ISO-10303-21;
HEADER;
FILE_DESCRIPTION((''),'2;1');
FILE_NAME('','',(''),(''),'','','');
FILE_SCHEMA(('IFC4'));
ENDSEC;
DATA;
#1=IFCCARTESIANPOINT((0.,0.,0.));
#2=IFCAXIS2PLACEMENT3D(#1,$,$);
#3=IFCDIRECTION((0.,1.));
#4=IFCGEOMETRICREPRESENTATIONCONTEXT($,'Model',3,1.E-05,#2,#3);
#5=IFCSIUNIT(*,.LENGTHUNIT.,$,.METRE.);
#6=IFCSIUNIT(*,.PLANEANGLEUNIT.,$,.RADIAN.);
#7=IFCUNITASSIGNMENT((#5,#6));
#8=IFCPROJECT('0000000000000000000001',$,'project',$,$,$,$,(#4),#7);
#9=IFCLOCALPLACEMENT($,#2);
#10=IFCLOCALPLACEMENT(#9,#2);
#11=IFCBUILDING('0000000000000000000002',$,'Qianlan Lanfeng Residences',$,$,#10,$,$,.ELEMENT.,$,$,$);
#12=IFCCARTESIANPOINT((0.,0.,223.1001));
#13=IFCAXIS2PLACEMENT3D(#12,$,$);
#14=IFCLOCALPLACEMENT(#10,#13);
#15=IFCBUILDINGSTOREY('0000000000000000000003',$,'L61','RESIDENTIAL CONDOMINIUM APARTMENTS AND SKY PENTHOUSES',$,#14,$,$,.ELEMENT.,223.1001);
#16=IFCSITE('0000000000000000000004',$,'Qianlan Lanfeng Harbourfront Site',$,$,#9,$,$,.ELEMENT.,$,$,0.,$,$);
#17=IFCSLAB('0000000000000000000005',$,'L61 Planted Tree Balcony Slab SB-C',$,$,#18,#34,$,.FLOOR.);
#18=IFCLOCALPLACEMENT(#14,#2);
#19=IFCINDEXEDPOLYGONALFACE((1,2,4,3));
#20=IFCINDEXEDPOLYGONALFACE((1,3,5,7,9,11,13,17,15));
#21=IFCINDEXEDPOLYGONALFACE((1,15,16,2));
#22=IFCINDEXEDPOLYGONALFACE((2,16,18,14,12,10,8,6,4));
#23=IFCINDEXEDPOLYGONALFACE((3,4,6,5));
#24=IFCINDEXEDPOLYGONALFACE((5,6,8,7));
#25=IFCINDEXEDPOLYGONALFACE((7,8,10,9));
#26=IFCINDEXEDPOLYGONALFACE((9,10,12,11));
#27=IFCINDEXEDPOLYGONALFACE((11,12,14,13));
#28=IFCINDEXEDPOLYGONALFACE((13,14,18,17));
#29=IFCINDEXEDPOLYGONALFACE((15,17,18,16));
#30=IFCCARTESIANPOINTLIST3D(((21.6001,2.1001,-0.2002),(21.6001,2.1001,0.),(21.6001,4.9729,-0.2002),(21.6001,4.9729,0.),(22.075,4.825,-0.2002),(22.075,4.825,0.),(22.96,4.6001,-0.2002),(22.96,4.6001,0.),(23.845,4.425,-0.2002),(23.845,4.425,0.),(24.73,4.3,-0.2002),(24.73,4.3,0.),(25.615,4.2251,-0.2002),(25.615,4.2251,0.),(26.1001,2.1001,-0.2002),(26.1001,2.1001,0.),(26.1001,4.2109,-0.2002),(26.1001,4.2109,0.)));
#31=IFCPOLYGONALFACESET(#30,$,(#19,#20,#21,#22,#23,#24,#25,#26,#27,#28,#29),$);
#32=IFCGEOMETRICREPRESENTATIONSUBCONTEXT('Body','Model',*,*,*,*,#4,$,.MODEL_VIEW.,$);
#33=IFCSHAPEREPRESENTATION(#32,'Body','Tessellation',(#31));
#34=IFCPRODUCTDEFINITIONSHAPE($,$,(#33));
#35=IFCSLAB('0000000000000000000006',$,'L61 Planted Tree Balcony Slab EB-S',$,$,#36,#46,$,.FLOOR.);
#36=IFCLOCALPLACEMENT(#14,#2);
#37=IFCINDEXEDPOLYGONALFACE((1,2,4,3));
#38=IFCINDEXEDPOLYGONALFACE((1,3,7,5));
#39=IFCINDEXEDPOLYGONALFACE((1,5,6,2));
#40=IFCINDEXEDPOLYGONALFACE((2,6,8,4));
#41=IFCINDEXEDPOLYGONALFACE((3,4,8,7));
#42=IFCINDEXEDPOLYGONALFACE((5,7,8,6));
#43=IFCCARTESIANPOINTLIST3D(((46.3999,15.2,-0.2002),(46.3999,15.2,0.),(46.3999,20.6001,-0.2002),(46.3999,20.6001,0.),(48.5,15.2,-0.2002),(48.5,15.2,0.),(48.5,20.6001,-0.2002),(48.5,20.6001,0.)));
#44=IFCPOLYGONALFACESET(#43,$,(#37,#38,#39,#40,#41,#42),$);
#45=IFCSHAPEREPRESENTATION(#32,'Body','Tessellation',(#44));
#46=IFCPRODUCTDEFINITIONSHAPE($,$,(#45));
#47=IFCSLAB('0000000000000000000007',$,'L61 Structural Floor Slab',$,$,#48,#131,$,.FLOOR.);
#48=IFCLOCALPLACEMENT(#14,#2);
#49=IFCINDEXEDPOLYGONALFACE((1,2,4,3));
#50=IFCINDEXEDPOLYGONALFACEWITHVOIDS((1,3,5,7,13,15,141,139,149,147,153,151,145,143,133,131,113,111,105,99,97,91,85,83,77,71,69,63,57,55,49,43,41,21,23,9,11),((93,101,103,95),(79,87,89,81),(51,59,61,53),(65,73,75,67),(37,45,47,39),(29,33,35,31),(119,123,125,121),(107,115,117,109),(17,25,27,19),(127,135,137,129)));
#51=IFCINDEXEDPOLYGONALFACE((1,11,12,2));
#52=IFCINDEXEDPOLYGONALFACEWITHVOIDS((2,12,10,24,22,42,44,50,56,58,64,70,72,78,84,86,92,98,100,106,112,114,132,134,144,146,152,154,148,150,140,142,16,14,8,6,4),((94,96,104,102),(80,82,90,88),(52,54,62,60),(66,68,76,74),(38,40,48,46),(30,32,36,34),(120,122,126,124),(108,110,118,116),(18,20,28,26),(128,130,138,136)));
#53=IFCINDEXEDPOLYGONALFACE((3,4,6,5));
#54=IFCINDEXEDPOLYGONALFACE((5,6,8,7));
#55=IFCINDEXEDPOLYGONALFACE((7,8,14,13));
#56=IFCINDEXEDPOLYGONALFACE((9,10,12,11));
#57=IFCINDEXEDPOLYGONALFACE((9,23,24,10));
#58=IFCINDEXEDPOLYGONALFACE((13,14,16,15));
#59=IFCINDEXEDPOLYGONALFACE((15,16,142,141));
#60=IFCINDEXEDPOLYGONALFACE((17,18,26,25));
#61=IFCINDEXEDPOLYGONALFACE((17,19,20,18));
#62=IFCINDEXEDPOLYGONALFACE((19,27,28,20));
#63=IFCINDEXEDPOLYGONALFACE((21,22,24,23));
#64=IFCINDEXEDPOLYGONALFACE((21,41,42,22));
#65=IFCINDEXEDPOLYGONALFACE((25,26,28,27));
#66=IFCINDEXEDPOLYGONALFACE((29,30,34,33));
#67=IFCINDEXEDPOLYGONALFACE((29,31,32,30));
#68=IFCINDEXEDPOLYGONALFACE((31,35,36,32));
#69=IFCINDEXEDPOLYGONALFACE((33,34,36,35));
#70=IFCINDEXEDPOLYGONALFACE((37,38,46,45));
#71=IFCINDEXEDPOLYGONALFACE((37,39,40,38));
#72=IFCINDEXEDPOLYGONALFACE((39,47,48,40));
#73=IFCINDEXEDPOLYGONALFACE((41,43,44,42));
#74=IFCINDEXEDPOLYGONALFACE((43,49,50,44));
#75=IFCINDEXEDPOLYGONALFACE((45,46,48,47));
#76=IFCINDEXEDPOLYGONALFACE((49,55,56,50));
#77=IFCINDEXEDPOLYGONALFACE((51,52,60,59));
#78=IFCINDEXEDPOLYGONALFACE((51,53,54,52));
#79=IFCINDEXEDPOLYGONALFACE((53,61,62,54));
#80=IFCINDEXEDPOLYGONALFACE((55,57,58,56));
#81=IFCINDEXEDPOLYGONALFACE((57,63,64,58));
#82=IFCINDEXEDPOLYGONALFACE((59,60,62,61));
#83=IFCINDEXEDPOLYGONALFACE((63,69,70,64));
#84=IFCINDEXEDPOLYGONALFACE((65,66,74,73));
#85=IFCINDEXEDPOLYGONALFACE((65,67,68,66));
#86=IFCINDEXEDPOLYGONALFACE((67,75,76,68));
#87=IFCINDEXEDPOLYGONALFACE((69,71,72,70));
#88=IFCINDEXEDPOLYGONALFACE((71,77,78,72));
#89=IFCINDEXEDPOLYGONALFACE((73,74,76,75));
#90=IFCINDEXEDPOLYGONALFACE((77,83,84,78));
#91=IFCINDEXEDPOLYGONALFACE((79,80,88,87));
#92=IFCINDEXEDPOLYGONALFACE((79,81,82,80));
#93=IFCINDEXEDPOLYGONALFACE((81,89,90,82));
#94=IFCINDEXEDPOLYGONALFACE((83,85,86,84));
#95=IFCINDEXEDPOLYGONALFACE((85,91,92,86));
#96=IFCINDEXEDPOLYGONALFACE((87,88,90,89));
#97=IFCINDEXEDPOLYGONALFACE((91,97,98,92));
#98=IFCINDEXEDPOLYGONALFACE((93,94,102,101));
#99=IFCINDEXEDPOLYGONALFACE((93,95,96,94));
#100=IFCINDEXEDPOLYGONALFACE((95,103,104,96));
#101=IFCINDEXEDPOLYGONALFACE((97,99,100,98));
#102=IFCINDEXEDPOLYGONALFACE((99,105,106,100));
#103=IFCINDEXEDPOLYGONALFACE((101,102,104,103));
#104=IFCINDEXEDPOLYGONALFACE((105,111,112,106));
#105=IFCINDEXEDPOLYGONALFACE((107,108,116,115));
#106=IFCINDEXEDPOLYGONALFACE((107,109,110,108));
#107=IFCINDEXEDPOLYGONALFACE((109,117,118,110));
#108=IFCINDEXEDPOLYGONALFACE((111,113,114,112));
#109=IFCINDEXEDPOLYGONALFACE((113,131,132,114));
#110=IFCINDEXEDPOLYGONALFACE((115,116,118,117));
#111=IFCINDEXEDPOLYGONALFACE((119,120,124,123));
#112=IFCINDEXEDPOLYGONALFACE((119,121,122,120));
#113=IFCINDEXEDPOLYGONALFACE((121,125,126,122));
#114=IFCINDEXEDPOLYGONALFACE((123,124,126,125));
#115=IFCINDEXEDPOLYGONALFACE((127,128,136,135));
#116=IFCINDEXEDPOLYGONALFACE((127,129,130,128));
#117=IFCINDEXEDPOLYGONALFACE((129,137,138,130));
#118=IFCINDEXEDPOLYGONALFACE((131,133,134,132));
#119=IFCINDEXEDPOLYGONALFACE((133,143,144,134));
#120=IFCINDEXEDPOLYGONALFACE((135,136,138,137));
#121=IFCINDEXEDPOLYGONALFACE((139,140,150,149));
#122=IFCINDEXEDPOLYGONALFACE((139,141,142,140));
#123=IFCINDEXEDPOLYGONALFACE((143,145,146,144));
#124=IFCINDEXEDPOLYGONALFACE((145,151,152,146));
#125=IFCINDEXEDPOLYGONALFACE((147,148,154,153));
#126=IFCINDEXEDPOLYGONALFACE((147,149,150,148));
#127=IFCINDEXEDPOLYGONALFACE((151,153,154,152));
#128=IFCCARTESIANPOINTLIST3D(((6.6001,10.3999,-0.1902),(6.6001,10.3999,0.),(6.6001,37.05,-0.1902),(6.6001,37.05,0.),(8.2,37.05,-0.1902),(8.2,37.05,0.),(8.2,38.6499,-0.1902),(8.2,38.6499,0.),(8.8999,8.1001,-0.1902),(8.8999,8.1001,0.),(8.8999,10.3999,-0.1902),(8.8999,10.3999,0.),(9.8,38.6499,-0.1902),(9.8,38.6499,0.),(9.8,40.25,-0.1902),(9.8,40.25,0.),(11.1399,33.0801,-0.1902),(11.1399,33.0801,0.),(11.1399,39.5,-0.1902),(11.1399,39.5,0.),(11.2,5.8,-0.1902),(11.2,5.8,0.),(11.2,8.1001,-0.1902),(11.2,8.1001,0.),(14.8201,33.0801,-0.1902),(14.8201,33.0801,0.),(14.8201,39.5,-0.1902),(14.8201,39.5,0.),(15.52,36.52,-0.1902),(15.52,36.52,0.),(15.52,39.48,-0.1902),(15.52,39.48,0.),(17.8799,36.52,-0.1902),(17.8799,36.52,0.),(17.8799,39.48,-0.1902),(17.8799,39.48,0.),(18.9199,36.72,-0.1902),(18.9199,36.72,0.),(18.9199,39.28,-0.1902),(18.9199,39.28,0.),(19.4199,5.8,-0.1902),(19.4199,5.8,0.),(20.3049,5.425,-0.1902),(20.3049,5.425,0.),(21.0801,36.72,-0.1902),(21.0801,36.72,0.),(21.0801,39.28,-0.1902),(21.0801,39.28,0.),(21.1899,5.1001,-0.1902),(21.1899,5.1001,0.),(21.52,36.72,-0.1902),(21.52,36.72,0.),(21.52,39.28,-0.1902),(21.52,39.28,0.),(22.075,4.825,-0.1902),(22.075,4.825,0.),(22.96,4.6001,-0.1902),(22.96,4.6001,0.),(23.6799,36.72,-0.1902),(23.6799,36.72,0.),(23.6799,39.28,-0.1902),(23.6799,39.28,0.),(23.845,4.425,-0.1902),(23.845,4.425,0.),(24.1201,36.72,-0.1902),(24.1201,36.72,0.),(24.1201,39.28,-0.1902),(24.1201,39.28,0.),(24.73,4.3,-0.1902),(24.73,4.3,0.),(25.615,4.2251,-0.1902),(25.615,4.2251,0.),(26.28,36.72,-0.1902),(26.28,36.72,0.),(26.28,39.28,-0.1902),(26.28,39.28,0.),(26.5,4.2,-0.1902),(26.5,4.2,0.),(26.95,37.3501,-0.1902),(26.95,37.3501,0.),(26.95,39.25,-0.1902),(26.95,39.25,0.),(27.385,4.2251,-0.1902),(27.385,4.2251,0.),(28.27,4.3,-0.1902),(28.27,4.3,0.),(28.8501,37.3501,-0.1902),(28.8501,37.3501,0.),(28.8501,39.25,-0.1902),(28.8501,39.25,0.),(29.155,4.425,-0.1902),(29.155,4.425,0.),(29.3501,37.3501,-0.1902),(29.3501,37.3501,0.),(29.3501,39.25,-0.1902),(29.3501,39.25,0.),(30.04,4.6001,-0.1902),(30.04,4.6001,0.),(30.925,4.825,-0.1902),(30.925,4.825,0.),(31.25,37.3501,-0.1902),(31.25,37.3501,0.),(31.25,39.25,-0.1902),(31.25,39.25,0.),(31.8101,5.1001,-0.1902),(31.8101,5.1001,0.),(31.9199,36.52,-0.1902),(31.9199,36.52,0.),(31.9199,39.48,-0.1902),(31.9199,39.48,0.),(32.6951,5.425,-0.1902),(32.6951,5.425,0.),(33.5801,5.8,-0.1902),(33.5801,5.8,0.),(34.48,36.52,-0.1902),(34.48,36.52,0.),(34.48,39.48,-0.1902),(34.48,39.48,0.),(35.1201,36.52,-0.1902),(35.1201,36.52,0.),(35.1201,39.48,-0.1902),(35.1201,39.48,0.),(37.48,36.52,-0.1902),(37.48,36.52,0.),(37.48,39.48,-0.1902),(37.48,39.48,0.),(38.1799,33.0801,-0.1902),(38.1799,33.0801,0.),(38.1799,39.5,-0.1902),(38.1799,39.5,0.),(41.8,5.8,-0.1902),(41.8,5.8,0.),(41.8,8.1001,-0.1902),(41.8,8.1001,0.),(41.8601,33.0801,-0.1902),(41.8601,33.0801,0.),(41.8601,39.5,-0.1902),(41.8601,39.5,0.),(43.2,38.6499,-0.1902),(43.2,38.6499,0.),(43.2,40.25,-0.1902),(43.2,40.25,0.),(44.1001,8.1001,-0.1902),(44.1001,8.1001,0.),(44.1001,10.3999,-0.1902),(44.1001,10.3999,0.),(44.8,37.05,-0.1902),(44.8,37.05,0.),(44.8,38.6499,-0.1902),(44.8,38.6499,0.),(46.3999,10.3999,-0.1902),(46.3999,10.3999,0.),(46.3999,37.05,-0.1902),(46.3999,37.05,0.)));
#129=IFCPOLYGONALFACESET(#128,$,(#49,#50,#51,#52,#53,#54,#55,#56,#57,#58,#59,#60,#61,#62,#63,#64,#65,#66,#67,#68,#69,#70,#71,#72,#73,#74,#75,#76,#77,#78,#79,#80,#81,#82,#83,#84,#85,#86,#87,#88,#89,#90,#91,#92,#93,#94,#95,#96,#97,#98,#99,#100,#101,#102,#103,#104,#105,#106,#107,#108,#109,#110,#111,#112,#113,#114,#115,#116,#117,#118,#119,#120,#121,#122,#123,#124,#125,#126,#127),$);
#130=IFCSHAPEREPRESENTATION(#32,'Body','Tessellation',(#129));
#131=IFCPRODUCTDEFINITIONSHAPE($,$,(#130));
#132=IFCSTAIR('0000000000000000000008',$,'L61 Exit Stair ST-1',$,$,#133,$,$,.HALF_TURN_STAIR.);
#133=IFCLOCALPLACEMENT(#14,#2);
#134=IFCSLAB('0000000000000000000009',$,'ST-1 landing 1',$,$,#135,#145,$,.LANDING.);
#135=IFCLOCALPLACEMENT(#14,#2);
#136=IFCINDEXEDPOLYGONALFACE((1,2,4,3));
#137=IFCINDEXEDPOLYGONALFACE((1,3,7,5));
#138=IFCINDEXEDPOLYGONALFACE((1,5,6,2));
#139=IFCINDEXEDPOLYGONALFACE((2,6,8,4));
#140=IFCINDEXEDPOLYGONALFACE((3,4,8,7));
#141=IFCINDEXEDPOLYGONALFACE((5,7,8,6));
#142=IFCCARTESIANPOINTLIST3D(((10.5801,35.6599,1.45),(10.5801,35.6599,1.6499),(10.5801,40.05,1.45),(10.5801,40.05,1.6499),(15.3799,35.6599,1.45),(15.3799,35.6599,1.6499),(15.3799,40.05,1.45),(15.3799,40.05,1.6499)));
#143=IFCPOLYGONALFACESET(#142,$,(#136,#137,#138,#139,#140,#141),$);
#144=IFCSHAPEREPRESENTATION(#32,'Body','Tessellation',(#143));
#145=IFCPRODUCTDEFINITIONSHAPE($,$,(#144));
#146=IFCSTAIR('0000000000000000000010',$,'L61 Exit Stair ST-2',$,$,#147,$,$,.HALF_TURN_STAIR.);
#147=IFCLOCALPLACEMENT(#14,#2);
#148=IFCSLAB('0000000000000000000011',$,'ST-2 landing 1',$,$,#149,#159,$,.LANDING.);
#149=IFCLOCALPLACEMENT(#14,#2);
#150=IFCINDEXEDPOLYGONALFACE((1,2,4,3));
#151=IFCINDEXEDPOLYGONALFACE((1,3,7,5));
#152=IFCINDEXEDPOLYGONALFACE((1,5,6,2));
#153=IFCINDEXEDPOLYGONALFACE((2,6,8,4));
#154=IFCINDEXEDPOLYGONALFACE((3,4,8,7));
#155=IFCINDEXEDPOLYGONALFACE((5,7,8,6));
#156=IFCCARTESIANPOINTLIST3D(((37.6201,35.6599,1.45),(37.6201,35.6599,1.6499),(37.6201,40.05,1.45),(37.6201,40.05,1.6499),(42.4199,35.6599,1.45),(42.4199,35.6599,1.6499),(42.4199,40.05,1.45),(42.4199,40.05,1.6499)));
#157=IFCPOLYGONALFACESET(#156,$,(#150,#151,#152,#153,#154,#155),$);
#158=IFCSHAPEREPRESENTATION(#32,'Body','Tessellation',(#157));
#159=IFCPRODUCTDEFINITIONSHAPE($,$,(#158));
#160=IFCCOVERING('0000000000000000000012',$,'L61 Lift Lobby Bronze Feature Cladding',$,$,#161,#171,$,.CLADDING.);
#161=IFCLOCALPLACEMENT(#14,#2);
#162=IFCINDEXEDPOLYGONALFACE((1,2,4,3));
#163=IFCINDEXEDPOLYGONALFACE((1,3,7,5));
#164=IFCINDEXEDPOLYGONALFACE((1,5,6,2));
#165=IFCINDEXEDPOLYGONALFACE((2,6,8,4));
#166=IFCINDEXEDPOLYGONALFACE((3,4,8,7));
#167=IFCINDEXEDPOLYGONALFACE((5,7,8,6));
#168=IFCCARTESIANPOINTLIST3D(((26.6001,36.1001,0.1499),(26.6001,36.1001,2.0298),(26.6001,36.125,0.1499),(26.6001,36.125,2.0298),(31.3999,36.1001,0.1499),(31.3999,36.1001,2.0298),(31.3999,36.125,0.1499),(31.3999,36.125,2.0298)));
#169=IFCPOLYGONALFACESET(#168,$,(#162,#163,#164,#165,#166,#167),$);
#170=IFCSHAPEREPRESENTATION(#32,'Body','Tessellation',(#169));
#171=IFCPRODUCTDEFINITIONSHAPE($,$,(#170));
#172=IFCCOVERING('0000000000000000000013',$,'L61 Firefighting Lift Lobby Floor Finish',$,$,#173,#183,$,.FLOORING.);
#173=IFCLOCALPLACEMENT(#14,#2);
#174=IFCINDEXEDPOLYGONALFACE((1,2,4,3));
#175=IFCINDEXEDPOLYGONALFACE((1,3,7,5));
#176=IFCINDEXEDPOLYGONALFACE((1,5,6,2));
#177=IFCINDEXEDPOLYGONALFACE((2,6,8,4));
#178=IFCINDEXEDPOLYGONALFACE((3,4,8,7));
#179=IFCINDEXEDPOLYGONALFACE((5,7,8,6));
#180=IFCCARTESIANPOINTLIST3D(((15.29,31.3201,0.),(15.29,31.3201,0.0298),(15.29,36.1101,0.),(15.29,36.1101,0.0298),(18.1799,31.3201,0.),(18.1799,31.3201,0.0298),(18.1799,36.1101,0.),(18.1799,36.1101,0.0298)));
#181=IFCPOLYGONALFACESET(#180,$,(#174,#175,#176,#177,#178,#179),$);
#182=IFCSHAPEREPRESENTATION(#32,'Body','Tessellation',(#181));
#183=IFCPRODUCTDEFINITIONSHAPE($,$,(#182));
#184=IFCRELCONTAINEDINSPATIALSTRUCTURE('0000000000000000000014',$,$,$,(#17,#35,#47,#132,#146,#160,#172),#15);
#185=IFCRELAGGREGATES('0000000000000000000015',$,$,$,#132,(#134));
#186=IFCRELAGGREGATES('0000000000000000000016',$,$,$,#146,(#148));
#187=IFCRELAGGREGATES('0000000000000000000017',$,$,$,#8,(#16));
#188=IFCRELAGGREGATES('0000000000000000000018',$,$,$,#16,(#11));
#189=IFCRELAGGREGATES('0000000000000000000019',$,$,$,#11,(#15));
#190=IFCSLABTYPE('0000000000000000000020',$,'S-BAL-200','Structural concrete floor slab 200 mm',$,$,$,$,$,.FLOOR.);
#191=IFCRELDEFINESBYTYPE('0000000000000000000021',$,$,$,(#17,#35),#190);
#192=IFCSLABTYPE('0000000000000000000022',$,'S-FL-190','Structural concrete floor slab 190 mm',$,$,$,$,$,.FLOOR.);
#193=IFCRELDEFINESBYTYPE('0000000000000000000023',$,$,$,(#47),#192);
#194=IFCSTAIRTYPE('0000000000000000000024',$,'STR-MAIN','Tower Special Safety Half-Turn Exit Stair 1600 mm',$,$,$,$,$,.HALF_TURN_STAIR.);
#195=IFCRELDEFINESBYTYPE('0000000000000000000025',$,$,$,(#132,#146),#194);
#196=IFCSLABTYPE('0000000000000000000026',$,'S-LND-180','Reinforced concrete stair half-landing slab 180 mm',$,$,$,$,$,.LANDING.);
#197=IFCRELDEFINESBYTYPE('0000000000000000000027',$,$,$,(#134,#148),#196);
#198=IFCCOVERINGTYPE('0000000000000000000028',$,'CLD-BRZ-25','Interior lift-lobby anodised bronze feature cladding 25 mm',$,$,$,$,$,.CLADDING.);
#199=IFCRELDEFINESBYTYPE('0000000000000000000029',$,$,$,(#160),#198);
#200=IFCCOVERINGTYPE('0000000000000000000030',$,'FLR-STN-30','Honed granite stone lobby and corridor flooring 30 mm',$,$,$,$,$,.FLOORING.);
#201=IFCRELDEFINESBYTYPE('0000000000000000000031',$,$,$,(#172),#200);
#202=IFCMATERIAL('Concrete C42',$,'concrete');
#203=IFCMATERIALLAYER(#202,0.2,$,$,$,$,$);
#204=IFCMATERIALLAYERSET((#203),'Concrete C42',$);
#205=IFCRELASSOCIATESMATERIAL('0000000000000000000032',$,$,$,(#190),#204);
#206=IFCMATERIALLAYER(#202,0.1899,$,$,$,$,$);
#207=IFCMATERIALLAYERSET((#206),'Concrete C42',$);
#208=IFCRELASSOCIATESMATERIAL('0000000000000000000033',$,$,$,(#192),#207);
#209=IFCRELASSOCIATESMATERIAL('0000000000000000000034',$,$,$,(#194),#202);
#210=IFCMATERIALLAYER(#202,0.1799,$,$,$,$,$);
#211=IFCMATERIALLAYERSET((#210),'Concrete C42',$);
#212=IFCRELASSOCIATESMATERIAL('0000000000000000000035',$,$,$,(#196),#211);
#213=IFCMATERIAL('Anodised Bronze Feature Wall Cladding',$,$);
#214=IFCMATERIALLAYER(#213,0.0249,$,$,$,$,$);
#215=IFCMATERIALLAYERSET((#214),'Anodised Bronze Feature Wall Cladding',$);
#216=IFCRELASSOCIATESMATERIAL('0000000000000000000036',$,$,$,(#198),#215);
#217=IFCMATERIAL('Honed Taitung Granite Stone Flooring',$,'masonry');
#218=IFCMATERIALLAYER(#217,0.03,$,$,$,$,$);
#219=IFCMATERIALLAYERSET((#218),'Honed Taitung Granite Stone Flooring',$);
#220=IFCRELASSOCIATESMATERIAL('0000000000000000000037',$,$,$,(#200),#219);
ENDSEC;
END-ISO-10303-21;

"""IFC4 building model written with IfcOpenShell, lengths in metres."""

from ifc_helpers import new_model, si_unit, direction, frame, origin, place, context, subcontext, project, spatial, polyline, outline, extrude, material, layer, layer_set, type_object, element, aggregate, save


model = new_model("IFC4")

# Units and contexts
model_context = context("Model", 3, precision=1e-05, world=origin(), true_north=direction((0.0, 1.0)))
body_context = subcontext(model_context, "Body", "Model", "MODEL_VIEW")
ifc_project = project(units=[si_unit("LENGTHUNIT", "METRE"), si_unit("PLANEANGLEUNIT", "RADIAN")], contexts=[model_context])

# Site, building, storey
site_placement = place(None, origin())
site = spatial("IfcSite", under=ifc_project, at=site_placement, Name="Qianlan Lanfeng Harbourfront Site", CompositionType="ELEMENT", RefElevation=0.0)
building_placement = place(site_placement, origin())
building = spatial("IfcBuilding", under=site, at=building_placement, Name="Qianlan Lanfeng Residences", CompositionType="ELEMENT")
storey_placement = place(building_placement, frame((0.0, 0.0, 223.1001)))
storey = spatial("IfcBuildingStorey", under=building, at=storey_placement, Name="L61", Description="RESIDENTIAL CONDOMINIUM APARTMENTS AND SKY PENTHOUSES", CompositionType="ELEMENT", Elevation=223.1001)

# Slabs
ifc_material_1 = material(Name="Concrete C42", Category="concrete")
ifc_layer_1 = layer(ifc_material_1, 0.2)
ifc_layer_set_1 = layer_set([ifc_layer_1], Name="Concrete C42")
slab_type_1 = type_object("IfcSlabType", Name="S-BAL-200", Description="Structural concrete floor slab 200 mm", PredefinedType="FLOOR", material=ifc_layer_set_1)
slab_1_placement = place(storey_placement, frame((0.0, 0.0, -0.2002)))
element("IfcSlab", 1, at=slab_1_placement, inside=storey, type_object=slab_type_1, Name="L61 Planted Tree Balcony Slab SB-C", PredefinedType="FLOOR", context=body_context, shape_type="SweptSolid", body=[
    extrude(outline(polyline([(26.1001, 4.2109), (25.615, 4.2251), (24.73, 4.3), (23.845, 4.425), (22.96, 4.6001), (22.075, 4.825), (21.6001, 4.9729), (21.6001, 2.1001), (26.1001, 2.1001), (26.1001, 4.2109)])), origin(), (0.0, 0.0, 1.0), 0.2002),
])
slab_2_placement = place(storey_placement, frame((0.0, 0.0, -0.2002)))
element("IfcSlab", 2, at=slab_2_placement, inside=storey, type_object=slab_type_1, Name="L61 Planted Tree Balcony Slab EB-S", PredefinedType="FLOOR", context=body_context, shape_type="SweptSolid", body=[
    extrude(outline(polyline([(46.3999, 20.6001), (46.3999, 15.2), (48.5, 15.2), (48.5, 20.6001), (46.3999, 20.6001)])), origin(), (0.0, 0.0, 1.0), 0.2002),
])
ifc_layer_2 = layer(ifc_material_1, 0.1899)
ifc_layer_set_2 = layer_set([ifc_layer_2], Name="Concrete C42")
slab_type_2 = type_object("IfcSlabType", Name="S-FL-190", Description="Structural concrete floor slab 190 mm", PredefinedType="FLOOR", material=ifc_layer_set_2)
slab_3_placement = place(storey_placement, frame((0.0, 0.0, -0.1902)))
element("IfcSlab", 3, at=slab_3_placement, inside=storey, type_object=slab_type_2, Name="L61 Structural Floor Slab", PredefinedType="FLOOR", context=body_context, shape_type="SweptSolid", body=[
    extrude(outline(polyline([(6.6001, 10.3999), (8.8999, 10.3999), (8.8999, 8.1001), (11.2, 8.1001), (11.2, 5.8), (19.4199, 5.8), (20.3049, 5.425), (21.1899, 5.1001), (22.075, 4.825), (22.96, 4.6001), (23.845, 4.425), (24.73, 4.3), (25.615, 4.2251), (26.5, 4.2), (27.385, 4.2251), (28.27, 4.3), (29.155, 4.425), (30.04, 4.6001), (30.925, 4.825), (31.8101, 5.1001), (32.6951, 5.425), (33.5801, 5.8), (41.8, 5.8), (41.8, 8.1001), (44.1001, 8.1001), (44.1001, 10.3999), (46.3999, 10.3999), (46.3999, 37.05), (44.8, 37.05), (44.8, 38.6499), (43.2, 38.6499), (43.2, 40.25), (9.8, 40.25), (9.8, 38.6499), (8.2, 38.6499), (8.2, 37.05), (6.6001, 37.05), (6.6001, 10.3999)]), holes=[polyline([(11.1399, 33.0801), (11.1399, 39.5), (14.8201, 39.5), (14.8201, 33.0801), (11.1399, 33.0801)]), polyline([(38.1799, 33.0801), (38.1799, 39.5), (41.8601, 39.5), (41.8601, 33.0801), (38.1799, 33.0801)]), polyline([(15.52, 36.52), (15.52, 39.48), (17.8799, 39.48), (17.8799, 36.52), (15.52, 36.52)]), polyline([(35.1201, 36.52), (35.1201, 39.48), (37.48, 39.48), (37.48, 36.52), (35.1201, 36.52)]), polyline([(31.9199, 36.52), (31.9199, 39.48), (34.48, 39.48), (34.48, 36.52), (31.9199, 36.52)]), polyline([(18.9199, 36.72), (18.9199, 39.28), (21.0801, 39.28), (21.0801, 36.72), (18.9199, 36.72)]), polyline([(21.52, 36.72), (21.52, 39.28), (23.6799, 39.28), (23.6799, 36.72), (21.52, 36.72)]), polyline([(24.1201, 36.72), (24.1201, 39.28), (26.28, 39.28), (26.28, 36.72), (24.1201, 36.72)]), polyline([(26.95, 37.3501), (26.95, 39.25), (28.8501, 39.25), (28.8501, 37.3501), (26.95, 37.3501)]), polyline([(29.3501, 37.3501), (29.3501, 39.25), (31.25, 39.25), (31.25, 37.3501), (29.3501, 37.3501)])]), origin(), (0.0, 0.0, 1.0), 0.1902),
])

# Stairs, slabs
stair_type = type_object("IfcStairType", Name="STR-MAIN", Description="Tower Special Safety Half-Turn Exit Stair 1600 mm", PredefinedType="HALF_TURN_STAIR", material=ifc_material_1)
stair_1_placement = place(storey_placement, origin())
stair_1 = element("IfcStair", 4, at=stair_1_placement, inside=storey, type_object=stair_type, Name="L61 Exit Stair ST-1", PredefinedType="HALF_TURN_STAIR")
ifc_layer_3 = layer(ifc_material_1, 0.1799)
ifc_layer_set_3 = layer_set([ifc_layer_3], Name="Concrete C42")
slab_type_3 = type_object("IfcSlabType", Name="S-LND-180", Description="Reinforced concrete stair half-landing slab 180 mm", PredefinedType="LANDING", material=ifc_layer_set_3)
slab_4_placement = place(storey_placement, frame((0.0, 0.0, 1.45)))
slab_4 = element("IfcSlab", 5, at=slab_4_placement, type_object=slab_type_3, Name="ST-1 landing 1", PredefinedType="LANDING", context=body_context, shape_type="SweptSolid", body=[
    extrude(outline(polyline([(10.5801, 35.6599), (15.3799, 35.6599), (15.3799, 40.05), (10.5801, 40.05), (10.5801, 35.6599)])), origin(), (0.0, 0.0, 1.0), 0.2),
])
aggregate(stair_1, [slab_4])
stair_2_placement = place(storey_placement, origin())
stair_2 = element("IfcStair", 6, at=stair_2_placement, inside=storey, type_object=stair_type, Name="L61 Exit Stair ST-2", PredefinedType="HALF_TURN_STAIR")
slab_5_placement = place(storey_placement, frame((0.0, 0.0, 1.45)))
slab_5 = element("IfcSlab", 7, at=slab_5_placement, type_object=slab_type_3, Name="ST-2 landing 1", PredefinedType="LANDING", context=body_context, shape_type="SweptSolid", body=[
    extrude(outline(polyline([(37.6201, 35.6599), (42.4199, 35.6599), (42.4199, 40.05), (37.6201, 40.05), (37.6201, 35.6599)])), origin(), (0.0, 0.0, 1.0), 0.2),
])
aggregate(stair_2, [slab_5])

# Coverings
ifc_material_2 = material(Name="Anodised Bronze Feature Wall Cladding")
ifc_layer_4 = layer(ifc_material_2, 0.0249)
ifc_layer_set_4 = layer_set([ifc_layer_4], Name="Anodised Bronze Feature Wall Cladding")
covering_type_1 = type_object("IfcCoveringType", Name="CLD-BRZ-25", Description="Interior lift-lobby anodised bronze feature cladding 25 mm", PredefinedType="CLADDING", material=ifc_layer_set_4)
covering_1_placement = place(storey_placement, frame((0.0, 0.0, 0.1499)))
element("IfcCovering", 8, at=covering_1_placement, inside=storey, type_object=covering_type_1, Name="L61 Lift Lobby Bronze Feature Cladding", PredefinedType="CLADDING", context=body_context, shape_type="SweptSolid", body=[
    extrude(outline(polyline([(26.6001, 36.1001), (31.3999, 36.1001), (31.3999, 36.125), (26.6001, 36.125), (26.6001, 36.1001)])), origin(), (0.0, 0.0, 1.0), 1.8799),
])
ifc_material_3 = material(Name="Honed Taitung Granite Stone Flooring", Category="masonry")
ifc_layer_5 = layer(ifc_material_3, 0.03)
ifc_layer_set_5 = layer_set([ifc_layer_5], Name="Honed Taitung Granite Stone Flooring")
covering_type_2 = type_object("IfcCoveringType", Name="FLR-STN-30", Description="Honed granite stone lobby and corridor flooring 30 mm", PredefinedType="FLOORING", material=ifc_layer_set_5)
covering_2_placement = place(storey_placement, origin())
element("IfcCovering", 9, at=covering_2_placement, inside=storey, type_object=covering_type_2, Name="L61 Firefighting Lift Lobby Floor Finish", PredefinedType="FLOORING", context=body_context, shape_type="SweptSolid", body=[
    extrude(outline(polyline([(15.29, 31.3201), (18.1799, 31.3201), (18.1799, 36.1101), (15.29, 36.1101), (15.29, 31.3201)])), origin(), (0.0, 0.0, 1.0), 0.0298),
])

save(model, "model.ifc")
